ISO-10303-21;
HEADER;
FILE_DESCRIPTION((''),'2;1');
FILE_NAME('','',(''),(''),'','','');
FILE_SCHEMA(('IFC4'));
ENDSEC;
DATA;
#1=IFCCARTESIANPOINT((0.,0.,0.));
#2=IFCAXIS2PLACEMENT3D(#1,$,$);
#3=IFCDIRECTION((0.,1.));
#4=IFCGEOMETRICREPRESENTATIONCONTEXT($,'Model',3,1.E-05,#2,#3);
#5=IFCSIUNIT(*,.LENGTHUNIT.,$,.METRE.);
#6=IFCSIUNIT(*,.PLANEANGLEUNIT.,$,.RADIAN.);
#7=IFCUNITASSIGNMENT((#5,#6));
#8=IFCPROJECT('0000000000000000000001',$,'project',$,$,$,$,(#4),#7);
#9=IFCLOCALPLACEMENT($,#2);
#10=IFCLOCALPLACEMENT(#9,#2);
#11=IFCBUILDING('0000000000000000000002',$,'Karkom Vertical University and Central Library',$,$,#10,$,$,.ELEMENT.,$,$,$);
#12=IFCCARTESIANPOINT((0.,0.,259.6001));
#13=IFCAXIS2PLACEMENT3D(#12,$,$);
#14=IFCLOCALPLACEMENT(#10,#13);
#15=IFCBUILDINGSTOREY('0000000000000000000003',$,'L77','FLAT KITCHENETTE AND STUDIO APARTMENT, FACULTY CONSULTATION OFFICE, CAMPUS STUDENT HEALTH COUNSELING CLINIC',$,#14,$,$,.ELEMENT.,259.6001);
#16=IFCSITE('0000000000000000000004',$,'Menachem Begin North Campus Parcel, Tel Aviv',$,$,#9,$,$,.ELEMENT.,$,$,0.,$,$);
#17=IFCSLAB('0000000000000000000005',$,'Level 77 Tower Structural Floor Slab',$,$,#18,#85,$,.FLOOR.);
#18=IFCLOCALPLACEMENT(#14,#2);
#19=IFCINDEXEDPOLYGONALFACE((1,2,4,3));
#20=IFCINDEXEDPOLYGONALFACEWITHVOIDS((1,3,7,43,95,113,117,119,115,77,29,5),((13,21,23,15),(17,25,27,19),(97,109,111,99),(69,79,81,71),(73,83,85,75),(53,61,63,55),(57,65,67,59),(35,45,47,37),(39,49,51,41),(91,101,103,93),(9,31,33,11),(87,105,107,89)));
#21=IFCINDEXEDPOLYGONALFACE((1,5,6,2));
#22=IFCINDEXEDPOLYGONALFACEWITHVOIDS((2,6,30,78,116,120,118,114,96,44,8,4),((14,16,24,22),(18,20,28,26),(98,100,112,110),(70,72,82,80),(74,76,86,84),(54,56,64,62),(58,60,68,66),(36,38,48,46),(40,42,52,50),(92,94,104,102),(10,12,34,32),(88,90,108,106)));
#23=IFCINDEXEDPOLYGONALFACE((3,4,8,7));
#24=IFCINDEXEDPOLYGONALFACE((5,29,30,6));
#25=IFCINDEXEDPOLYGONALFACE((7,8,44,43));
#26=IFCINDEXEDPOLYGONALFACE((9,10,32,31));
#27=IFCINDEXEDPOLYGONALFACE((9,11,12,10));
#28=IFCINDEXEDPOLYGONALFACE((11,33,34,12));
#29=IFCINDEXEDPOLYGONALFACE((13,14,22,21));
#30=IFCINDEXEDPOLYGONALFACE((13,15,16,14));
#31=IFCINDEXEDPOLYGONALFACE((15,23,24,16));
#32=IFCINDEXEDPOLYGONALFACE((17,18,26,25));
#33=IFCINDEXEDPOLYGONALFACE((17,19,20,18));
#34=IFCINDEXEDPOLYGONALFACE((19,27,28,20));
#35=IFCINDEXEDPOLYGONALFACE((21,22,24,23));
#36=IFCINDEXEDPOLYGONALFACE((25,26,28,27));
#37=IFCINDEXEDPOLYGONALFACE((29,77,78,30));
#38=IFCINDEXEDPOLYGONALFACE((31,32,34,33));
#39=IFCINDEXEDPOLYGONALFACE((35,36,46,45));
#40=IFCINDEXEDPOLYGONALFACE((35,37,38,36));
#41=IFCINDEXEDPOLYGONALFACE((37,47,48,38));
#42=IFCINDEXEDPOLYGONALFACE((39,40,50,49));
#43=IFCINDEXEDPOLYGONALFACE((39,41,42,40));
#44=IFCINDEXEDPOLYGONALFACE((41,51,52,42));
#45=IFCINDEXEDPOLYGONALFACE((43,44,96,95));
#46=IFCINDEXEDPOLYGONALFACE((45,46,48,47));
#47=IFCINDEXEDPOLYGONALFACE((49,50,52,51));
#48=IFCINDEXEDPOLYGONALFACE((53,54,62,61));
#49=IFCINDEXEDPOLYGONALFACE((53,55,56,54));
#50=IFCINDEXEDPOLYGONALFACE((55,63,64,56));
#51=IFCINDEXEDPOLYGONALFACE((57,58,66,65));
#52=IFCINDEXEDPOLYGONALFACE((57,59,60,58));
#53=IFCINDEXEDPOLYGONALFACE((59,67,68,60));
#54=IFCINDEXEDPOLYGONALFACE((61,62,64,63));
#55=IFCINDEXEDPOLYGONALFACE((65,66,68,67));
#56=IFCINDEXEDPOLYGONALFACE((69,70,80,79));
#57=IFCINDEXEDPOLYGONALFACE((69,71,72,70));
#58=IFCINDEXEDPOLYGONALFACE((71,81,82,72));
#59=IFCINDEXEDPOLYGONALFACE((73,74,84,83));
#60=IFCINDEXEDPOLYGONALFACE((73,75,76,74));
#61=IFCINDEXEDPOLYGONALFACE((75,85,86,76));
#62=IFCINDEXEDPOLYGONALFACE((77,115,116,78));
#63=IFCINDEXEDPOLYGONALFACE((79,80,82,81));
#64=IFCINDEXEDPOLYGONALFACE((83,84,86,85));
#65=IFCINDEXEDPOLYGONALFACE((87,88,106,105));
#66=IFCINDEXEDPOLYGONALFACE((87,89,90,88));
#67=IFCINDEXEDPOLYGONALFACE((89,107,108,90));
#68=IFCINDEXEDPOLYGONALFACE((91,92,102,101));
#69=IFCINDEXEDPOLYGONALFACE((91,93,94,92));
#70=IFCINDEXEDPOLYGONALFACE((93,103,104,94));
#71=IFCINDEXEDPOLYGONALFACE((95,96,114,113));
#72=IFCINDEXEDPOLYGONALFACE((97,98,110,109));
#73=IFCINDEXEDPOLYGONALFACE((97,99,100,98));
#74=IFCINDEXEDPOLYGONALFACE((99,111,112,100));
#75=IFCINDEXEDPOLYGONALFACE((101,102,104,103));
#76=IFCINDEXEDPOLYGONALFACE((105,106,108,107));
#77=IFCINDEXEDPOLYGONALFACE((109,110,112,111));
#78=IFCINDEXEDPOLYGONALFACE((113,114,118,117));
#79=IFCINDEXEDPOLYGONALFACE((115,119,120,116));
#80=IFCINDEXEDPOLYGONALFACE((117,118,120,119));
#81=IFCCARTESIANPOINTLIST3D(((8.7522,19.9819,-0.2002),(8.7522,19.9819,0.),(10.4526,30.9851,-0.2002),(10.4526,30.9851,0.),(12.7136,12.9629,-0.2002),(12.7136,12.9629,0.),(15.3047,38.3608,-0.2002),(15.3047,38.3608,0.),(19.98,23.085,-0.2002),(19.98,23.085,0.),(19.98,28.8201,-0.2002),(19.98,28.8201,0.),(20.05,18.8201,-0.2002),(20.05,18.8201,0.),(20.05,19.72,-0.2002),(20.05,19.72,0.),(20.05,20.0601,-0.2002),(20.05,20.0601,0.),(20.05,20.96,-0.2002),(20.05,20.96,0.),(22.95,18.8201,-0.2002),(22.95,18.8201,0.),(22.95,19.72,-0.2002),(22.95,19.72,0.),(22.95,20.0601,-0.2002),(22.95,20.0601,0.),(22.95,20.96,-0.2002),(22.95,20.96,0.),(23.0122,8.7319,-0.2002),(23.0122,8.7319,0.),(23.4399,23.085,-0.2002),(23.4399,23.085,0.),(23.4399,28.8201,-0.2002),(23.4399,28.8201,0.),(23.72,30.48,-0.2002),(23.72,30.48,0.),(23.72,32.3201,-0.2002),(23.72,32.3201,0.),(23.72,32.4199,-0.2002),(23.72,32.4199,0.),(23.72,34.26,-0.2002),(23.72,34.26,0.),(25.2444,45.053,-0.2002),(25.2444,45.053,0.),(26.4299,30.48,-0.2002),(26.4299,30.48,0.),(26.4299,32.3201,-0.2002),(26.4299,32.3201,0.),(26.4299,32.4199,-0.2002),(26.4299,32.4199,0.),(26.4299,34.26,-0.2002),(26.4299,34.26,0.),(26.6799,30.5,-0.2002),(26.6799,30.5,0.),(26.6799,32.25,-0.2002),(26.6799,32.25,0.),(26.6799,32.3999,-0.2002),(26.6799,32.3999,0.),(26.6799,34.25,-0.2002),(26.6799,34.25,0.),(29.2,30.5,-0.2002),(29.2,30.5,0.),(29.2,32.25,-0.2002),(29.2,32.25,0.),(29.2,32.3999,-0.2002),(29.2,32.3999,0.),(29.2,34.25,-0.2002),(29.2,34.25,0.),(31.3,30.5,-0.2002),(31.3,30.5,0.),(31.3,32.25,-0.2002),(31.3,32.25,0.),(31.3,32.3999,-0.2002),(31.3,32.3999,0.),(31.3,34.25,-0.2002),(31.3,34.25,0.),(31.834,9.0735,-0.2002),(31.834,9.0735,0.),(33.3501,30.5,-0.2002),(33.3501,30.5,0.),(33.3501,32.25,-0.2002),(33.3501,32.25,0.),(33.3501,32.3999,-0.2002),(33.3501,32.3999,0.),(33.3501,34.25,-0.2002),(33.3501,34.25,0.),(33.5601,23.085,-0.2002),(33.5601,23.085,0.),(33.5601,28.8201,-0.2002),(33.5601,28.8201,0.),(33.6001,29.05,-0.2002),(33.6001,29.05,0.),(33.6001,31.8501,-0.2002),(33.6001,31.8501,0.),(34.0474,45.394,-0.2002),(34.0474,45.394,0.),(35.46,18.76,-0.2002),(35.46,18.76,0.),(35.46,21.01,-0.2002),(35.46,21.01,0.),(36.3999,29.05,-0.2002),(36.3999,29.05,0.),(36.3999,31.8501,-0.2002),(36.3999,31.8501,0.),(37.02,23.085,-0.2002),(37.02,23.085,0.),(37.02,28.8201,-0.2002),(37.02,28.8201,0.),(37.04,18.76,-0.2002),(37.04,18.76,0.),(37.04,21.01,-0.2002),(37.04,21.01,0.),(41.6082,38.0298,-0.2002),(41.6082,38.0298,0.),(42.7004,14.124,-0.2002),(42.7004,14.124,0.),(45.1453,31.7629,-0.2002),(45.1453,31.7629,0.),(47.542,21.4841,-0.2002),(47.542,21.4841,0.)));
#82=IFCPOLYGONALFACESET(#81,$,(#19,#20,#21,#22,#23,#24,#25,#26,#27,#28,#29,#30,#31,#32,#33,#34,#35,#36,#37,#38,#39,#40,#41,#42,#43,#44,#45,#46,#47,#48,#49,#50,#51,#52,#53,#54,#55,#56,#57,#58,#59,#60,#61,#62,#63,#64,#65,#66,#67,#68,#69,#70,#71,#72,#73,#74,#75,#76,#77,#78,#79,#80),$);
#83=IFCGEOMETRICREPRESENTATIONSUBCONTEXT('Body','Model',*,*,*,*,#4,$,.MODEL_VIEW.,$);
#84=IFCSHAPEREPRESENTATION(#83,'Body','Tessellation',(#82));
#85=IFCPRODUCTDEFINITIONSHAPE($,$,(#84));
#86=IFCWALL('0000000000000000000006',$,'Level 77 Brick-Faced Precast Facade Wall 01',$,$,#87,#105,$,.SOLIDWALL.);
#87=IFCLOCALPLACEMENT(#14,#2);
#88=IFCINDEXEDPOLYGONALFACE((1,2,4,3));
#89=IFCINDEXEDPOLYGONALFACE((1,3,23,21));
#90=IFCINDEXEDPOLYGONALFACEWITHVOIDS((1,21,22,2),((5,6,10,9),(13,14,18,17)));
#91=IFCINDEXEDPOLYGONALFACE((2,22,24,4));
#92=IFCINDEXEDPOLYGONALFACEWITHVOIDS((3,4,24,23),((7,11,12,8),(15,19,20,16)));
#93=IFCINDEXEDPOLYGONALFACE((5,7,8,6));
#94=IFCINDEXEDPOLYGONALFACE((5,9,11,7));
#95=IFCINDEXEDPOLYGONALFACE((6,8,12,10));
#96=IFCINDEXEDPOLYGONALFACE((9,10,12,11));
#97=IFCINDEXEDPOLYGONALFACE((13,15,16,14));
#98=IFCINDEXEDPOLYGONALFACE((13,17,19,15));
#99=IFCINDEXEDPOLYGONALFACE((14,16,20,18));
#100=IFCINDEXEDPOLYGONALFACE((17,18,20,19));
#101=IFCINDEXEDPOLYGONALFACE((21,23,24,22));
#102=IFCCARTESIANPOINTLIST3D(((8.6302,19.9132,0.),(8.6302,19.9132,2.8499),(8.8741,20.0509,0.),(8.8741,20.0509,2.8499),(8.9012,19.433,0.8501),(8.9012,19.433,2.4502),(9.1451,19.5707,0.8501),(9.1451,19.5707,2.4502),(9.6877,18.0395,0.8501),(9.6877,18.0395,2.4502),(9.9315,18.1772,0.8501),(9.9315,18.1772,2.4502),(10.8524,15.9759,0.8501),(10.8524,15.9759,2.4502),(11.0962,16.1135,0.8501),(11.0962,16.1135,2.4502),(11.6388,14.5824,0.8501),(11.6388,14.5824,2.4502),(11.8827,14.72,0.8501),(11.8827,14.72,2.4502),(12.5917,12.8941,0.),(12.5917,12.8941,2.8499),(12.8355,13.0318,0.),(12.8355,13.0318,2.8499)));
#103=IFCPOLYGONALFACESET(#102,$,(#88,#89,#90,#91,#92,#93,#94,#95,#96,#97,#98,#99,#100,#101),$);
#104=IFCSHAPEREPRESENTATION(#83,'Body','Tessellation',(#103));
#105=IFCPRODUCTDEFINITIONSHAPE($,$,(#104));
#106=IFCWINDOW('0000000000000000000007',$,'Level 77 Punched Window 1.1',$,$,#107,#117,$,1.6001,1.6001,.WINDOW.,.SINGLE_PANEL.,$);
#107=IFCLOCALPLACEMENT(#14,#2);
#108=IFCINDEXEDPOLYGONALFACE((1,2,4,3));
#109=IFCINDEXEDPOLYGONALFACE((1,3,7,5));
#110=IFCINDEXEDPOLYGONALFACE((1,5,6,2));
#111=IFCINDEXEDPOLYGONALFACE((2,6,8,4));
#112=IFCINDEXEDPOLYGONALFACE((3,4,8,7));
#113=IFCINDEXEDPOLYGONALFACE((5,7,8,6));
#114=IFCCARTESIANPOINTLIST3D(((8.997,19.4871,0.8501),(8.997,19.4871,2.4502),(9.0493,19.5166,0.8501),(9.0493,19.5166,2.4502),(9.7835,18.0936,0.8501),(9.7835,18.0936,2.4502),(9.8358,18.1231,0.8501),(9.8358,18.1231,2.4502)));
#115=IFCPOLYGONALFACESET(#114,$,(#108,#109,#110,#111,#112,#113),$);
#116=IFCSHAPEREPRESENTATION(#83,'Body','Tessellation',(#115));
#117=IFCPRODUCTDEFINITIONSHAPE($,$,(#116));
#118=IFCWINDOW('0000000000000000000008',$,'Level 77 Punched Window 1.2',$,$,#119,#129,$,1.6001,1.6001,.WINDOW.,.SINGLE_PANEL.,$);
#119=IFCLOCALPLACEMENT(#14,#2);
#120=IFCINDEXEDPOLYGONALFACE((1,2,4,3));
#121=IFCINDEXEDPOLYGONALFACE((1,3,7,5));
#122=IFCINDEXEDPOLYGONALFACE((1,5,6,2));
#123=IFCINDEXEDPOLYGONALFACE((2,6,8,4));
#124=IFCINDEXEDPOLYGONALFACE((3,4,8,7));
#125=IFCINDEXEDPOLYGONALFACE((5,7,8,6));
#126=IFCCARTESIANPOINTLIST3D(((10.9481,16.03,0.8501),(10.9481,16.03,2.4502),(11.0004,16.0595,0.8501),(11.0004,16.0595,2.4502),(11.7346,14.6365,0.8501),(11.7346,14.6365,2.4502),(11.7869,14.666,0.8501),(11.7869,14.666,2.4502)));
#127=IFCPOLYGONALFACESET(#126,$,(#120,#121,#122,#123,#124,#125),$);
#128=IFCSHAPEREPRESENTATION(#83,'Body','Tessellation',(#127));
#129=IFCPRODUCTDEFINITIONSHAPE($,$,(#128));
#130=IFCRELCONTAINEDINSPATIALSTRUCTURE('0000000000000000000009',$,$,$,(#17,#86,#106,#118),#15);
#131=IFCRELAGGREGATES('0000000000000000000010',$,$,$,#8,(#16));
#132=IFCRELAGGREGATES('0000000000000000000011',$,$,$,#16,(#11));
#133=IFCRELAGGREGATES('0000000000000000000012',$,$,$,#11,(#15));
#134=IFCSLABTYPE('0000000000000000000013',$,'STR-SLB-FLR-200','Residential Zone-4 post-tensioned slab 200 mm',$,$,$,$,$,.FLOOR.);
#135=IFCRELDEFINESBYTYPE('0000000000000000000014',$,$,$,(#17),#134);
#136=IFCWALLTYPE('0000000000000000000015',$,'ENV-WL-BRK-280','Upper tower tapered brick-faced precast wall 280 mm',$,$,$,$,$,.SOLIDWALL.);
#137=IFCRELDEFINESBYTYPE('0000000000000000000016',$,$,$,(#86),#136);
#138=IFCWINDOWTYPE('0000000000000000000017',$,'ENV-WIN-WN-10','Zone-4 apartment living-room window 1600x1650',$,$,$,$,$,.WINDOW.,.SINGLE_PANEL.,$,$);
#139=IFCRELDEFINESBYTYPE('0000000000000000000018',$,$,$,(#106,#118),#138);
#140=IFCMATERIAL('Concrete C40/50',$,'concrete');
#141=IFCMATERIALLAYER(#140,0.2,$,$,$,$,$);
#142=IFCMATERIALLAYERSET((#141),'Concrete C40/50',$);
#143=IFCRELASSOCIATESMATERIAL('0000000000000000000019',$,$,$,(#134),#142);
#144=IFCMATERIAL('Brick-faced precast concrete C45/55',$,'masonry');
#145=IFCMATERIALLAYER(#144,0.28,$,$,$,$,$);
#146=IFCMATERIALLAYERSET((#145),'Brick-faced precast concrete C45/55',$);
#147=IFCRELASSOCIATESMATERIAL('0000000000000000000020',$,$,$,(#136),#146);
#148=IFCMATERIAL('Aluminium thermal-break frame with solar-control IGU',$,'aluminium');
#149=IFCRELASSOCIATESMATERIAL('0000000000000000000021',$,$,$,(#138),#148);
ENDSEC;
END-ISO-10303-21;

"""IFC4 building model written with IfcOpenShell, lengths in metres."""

from ifc_helpers import new_model, si_unit, direction, frame, frame_2d, origin, origin_with_axes, place, context, subcontext, project, spatial, polyline, rectangle, outline, extrude, source, transform, mapped, material, layer, layer_set, type_object, element, fill, save


model = new_model("IFC4")

# Units and contexts
model_context = context("Model", 3, precision=1e-05, world=origin(), true_north=direction((0.0, 1.0)))
body_context = subcontext(model_context, "Body", "Model", "MODEL_VIEW")
ifc_project = project(units=[si_unit("LENGTHUNIT", "METRE"), si_unit("PLANEANGLEUNIT", "RADIAN")], contexts=[model_context])

# Site, building, storey
site_placement = place(None, origin())
site = spatial("IfcSite", under=ifc_project, at=site_placement, Name="Menachem Begin North Campus Parcel, Tel Aviv", CompositionType="ELEMENT", RefElevation=0.0)
building_placement = place(site_placement, origin())
building = spatial("IfcBuilding", under=site, at=building_placement, Name="Karkom Vertical University and Central Library", CompositionType="ELEMENT")
storey_placement = place(building_placement, frame((0.0, 0.0, 259.6001)))
storey = spatial("IfcBuildingStorey", under=building, at=storey_placement, Name="L77", Description="FLAT KITCHENETTE AND STUDIO APARTMENT, FACULTY CONSULTATION OFFICE, CAMPUS STUDENT HEALTH COUNSELING CLINIC", CompositionType="ELEMENT", Elevation=259.6001)

# Slab
ifc_material_1 = material(Name="Concrete C40/50", Category="concrete")
ifc_layer_1 = layer(ifc_material_1, 0.2)
ifc_layer_set_1 = layer_set([ifc_layer_1], Name="Concrete C40/50")
slab_type_1 = type_object("IfcSlabType", Name="STR-SLB-FLR-200", Description="Residential Zone-4 post-tensioned slab 200 mm", PredefinedType="FLOOR", material=ifc_layer_set_1)
slab_1_placement = place(storey_placement, frame((0.0, 0.0, -0.2002)))
element("IfcSlab", 1, at=slab_1_placement, inside=storey, type_object=slab_type_1, Name="Level 77 Tower Structural Floor Slab", PredefinedType="FLOOR", context=body_context, shape_type="SweptSolid", body=[
    extrude(outline(polyline([(8.7522, 19.9819), (12.7136, 12.9629), (23.0122, 8.7319), (31.834, 9.0735), (42.7004, 14.124), (47.542, 21.4841), (45.1453, 31.7629), (41.6082, 38.0298), (34.0474, 45.394), (25.2444, 45.053), (15.3047, 38.3608), (10.4526, 30.9851), (8.7522, 19.9819)]), holes=[polyline([(19.98, 23.085), (23.4399, 23.085), (23.4399, 28.8201), (19.98, 28.8201), (19.98, 23.085)]), polyline([(33.5601, 23.085), (37.02, 23.085), (37.02, 28.8201), (33.5601, 28.8201), (33.5601, 23.085)]), polyline([(26.6799, 30.5), (29.2, 30.5), (29.2, 32.25), (26.6799, 32.25), (26.6799, 30.5)]), polyline([(26.6799, 32.3999), (29.2, 32.3999), (29.2, 34.25), (26.6799, 34.25), (26.6799, 32.3999)]), polyline([(31.3, 30.5), (33.3501, 30.5), (33.3501, 32.25), (31.3, 32.25), (31.3, 30.5)]), polyline([(31.3, 32.3999), (33.3501, 32.3999), (33.3501, 34.25), (31.3, 34.25), (31.3, 32.3999)]), polyline([(23.72, 30.48), (26.4299, 30.48), (26.4299, 32.3201), (23.72, 32.3201), (23.72, 30.48)]), polyline([(23.72, 32.4199), (26.4299, 32.4199), (26.4299, 34.26), (23.72, 34.26), (23.72, 32.4199)]), polyline([(33.6001, 29.05), (36.3999, 29.05), (36.3999, 31.8501), (33.6001, 31.8501), (33.6001, 29.05)]), polyline([(20.05, 18.8201), (22.95, 18.8201), (22.95, 19.72), (20.05, 19.72), (20.05, 18.8201)]), polyline([(20.05, 20.0601), (22.95, 20.0601), (22.95, 20.96), (20.05, 20.96), (20.05, 20.0601)]), polyline([(35.46, 18.76), (37.04, 18.76), (37.04, 21.01), (35.46, 21.01), (35.46, 18.76)])]), origin(), (0.0, 0.0, 1.0), 0.2002),
])

# Wall, openings, windows
ifc_material_2 = material(Name="Brick-faced precast concrete C45/55", Category="masonry")
ifc_layer_2 = layer(ifc_material_2, 0.28)
ifc_layer_set_2 = layer_set([ifc_layer_2], Name="Brick-faced precast concrete C45/55")
wall_type_1 = type_object("IfcWallType", Name="ENV-WL-BRK-280", Description="Upper tower tapered brick-faced precast wall 280 mm", PredefinedType="SOLIDWALL", material=ifc_layer_set_2)
wall_1_placement = place(storey_placement, frame((8.7522, 19.9819, 0.0), z_axis=(0.0, 0.0, 1.0), x_axis=(0.491506, -0.870874, 0.0)))
wall_1 = element("IfcWall", 2, at=wall_1_placement, inside=storey, type_object=wall_type_1, Name="Level 77 Brick-Faced Precast Facade Wall 01", PredefinedType="SOLIDWALL", context=body_context, shape_type="SweptSolid", body=[
    extrude(rectangle(XDim=8.0598, YDim=0.28, at=frame_2d((4.0298, 0.0))), origin(), (0.0, 0.0, 1.0), 2.8499),
])
opening_1_placement = place(wall_1_placement, frame((0.5513, 0.0, 0.8501)))
opening_1 = element("IfcOpeningElement", 3, at=opening_1_placement, cuts=wall_1, PredefinedType="OPENING", context=body_context, shape_type="SweptSolid", body=[
    extrude(rectangle(XDim=1.6001, YDim=1.6001, at=frame_2d((0.8, 0.8))), frame((0.0, 0.1499, 0.0), z_axis=(0.0, -1.0, 0.0), x_axis=(1.0, 0.0, 0.0)), (0.0, 0.0, 1.0), 0.3),
])
opening_2_placement = place(wall_1_placement, frame((4.521, 0.0, 0.8501)))
opening_2 = element("IfcOpeningElement", 4, at=opening_2_placement, cuts=wall_1, PredefinedType="OPENING", context=body_context, shape_type="SweptSolid", body=[
    extrude(rectangle(XDim=1.6001, YDim=1.6001, at=frame_2d((0.8, 0.8))), frame((0.0, 0.1499, 0.0), z_axis=(0.0, -1.0, 0.0), x_axis=(1.0, 0.0, 0.0)), (0.0, 0.0, 1.0), 0.3),
])
ifc_material_3 = material(Name="Aluminium thermal-break frame with solar-control IGU", Category="aluminium")
window_type = type_object("IfcWindowType", Name="ENV-WIN-WN-10", Description="Zone-4 apartment living-room window 1600x1650", PartitioningType="SINGLE_PANEL", PredefinedType="WINDOW", material=ifc_material_3)
shared_shape_1 = source(origin_with_axes(), body_context, "Body", "SweptSolid", [
    extrude(rectangle(XDim=1.6001, YDim=1.6001, at=frame_2d((0.8, 0.8))), frame((0.0, 0.03, 0.0), z_axis=(0.0, -1.0, 0.0), x_axis=(1.0, 0.0, 0.0)), (0.0, 0.0, 1.0), 0.0601),
])
window_1_placement = place(opening_1_placement, origin())
window_1 = element("IfcWindow", 5, at=window_1_placement, inside=storey, type_object=window_type, Name="Level 77 Punched Window 1.1", OverallHeight=1.6001, OverallWidth=1.6001, PartitioningType="SINGLE_PANEL", PredefinedType="WINDOW", context=body_context, shape_type="MappedRepresentation", body=[
    mapped(shared_shape_1, transform((0.0, 0.0, 0.0), scale=1.0)),
])
fill(opening_1, window_1)
window_2_placement = place(opening_2_placement, origin())
window_2 = element("IfcWindow", 6, at=window_2_placement, inside=storey, type_object=window_type, Name="Level 77 Punched Window 1.2", OverallHeight=1.6001, OverallWidth=1.6001, PartitioningType="SINGLE_PANEL", PredefinedType="WINDOW", context=body_context, shape_type="MappedRepresentation", body=[
    mapped(shared_shape_1, transform((0.0, 0.0, 0.0), scale=1.0)),
])
fill(opening_2, window_2)

save(model, "model.ifc")
